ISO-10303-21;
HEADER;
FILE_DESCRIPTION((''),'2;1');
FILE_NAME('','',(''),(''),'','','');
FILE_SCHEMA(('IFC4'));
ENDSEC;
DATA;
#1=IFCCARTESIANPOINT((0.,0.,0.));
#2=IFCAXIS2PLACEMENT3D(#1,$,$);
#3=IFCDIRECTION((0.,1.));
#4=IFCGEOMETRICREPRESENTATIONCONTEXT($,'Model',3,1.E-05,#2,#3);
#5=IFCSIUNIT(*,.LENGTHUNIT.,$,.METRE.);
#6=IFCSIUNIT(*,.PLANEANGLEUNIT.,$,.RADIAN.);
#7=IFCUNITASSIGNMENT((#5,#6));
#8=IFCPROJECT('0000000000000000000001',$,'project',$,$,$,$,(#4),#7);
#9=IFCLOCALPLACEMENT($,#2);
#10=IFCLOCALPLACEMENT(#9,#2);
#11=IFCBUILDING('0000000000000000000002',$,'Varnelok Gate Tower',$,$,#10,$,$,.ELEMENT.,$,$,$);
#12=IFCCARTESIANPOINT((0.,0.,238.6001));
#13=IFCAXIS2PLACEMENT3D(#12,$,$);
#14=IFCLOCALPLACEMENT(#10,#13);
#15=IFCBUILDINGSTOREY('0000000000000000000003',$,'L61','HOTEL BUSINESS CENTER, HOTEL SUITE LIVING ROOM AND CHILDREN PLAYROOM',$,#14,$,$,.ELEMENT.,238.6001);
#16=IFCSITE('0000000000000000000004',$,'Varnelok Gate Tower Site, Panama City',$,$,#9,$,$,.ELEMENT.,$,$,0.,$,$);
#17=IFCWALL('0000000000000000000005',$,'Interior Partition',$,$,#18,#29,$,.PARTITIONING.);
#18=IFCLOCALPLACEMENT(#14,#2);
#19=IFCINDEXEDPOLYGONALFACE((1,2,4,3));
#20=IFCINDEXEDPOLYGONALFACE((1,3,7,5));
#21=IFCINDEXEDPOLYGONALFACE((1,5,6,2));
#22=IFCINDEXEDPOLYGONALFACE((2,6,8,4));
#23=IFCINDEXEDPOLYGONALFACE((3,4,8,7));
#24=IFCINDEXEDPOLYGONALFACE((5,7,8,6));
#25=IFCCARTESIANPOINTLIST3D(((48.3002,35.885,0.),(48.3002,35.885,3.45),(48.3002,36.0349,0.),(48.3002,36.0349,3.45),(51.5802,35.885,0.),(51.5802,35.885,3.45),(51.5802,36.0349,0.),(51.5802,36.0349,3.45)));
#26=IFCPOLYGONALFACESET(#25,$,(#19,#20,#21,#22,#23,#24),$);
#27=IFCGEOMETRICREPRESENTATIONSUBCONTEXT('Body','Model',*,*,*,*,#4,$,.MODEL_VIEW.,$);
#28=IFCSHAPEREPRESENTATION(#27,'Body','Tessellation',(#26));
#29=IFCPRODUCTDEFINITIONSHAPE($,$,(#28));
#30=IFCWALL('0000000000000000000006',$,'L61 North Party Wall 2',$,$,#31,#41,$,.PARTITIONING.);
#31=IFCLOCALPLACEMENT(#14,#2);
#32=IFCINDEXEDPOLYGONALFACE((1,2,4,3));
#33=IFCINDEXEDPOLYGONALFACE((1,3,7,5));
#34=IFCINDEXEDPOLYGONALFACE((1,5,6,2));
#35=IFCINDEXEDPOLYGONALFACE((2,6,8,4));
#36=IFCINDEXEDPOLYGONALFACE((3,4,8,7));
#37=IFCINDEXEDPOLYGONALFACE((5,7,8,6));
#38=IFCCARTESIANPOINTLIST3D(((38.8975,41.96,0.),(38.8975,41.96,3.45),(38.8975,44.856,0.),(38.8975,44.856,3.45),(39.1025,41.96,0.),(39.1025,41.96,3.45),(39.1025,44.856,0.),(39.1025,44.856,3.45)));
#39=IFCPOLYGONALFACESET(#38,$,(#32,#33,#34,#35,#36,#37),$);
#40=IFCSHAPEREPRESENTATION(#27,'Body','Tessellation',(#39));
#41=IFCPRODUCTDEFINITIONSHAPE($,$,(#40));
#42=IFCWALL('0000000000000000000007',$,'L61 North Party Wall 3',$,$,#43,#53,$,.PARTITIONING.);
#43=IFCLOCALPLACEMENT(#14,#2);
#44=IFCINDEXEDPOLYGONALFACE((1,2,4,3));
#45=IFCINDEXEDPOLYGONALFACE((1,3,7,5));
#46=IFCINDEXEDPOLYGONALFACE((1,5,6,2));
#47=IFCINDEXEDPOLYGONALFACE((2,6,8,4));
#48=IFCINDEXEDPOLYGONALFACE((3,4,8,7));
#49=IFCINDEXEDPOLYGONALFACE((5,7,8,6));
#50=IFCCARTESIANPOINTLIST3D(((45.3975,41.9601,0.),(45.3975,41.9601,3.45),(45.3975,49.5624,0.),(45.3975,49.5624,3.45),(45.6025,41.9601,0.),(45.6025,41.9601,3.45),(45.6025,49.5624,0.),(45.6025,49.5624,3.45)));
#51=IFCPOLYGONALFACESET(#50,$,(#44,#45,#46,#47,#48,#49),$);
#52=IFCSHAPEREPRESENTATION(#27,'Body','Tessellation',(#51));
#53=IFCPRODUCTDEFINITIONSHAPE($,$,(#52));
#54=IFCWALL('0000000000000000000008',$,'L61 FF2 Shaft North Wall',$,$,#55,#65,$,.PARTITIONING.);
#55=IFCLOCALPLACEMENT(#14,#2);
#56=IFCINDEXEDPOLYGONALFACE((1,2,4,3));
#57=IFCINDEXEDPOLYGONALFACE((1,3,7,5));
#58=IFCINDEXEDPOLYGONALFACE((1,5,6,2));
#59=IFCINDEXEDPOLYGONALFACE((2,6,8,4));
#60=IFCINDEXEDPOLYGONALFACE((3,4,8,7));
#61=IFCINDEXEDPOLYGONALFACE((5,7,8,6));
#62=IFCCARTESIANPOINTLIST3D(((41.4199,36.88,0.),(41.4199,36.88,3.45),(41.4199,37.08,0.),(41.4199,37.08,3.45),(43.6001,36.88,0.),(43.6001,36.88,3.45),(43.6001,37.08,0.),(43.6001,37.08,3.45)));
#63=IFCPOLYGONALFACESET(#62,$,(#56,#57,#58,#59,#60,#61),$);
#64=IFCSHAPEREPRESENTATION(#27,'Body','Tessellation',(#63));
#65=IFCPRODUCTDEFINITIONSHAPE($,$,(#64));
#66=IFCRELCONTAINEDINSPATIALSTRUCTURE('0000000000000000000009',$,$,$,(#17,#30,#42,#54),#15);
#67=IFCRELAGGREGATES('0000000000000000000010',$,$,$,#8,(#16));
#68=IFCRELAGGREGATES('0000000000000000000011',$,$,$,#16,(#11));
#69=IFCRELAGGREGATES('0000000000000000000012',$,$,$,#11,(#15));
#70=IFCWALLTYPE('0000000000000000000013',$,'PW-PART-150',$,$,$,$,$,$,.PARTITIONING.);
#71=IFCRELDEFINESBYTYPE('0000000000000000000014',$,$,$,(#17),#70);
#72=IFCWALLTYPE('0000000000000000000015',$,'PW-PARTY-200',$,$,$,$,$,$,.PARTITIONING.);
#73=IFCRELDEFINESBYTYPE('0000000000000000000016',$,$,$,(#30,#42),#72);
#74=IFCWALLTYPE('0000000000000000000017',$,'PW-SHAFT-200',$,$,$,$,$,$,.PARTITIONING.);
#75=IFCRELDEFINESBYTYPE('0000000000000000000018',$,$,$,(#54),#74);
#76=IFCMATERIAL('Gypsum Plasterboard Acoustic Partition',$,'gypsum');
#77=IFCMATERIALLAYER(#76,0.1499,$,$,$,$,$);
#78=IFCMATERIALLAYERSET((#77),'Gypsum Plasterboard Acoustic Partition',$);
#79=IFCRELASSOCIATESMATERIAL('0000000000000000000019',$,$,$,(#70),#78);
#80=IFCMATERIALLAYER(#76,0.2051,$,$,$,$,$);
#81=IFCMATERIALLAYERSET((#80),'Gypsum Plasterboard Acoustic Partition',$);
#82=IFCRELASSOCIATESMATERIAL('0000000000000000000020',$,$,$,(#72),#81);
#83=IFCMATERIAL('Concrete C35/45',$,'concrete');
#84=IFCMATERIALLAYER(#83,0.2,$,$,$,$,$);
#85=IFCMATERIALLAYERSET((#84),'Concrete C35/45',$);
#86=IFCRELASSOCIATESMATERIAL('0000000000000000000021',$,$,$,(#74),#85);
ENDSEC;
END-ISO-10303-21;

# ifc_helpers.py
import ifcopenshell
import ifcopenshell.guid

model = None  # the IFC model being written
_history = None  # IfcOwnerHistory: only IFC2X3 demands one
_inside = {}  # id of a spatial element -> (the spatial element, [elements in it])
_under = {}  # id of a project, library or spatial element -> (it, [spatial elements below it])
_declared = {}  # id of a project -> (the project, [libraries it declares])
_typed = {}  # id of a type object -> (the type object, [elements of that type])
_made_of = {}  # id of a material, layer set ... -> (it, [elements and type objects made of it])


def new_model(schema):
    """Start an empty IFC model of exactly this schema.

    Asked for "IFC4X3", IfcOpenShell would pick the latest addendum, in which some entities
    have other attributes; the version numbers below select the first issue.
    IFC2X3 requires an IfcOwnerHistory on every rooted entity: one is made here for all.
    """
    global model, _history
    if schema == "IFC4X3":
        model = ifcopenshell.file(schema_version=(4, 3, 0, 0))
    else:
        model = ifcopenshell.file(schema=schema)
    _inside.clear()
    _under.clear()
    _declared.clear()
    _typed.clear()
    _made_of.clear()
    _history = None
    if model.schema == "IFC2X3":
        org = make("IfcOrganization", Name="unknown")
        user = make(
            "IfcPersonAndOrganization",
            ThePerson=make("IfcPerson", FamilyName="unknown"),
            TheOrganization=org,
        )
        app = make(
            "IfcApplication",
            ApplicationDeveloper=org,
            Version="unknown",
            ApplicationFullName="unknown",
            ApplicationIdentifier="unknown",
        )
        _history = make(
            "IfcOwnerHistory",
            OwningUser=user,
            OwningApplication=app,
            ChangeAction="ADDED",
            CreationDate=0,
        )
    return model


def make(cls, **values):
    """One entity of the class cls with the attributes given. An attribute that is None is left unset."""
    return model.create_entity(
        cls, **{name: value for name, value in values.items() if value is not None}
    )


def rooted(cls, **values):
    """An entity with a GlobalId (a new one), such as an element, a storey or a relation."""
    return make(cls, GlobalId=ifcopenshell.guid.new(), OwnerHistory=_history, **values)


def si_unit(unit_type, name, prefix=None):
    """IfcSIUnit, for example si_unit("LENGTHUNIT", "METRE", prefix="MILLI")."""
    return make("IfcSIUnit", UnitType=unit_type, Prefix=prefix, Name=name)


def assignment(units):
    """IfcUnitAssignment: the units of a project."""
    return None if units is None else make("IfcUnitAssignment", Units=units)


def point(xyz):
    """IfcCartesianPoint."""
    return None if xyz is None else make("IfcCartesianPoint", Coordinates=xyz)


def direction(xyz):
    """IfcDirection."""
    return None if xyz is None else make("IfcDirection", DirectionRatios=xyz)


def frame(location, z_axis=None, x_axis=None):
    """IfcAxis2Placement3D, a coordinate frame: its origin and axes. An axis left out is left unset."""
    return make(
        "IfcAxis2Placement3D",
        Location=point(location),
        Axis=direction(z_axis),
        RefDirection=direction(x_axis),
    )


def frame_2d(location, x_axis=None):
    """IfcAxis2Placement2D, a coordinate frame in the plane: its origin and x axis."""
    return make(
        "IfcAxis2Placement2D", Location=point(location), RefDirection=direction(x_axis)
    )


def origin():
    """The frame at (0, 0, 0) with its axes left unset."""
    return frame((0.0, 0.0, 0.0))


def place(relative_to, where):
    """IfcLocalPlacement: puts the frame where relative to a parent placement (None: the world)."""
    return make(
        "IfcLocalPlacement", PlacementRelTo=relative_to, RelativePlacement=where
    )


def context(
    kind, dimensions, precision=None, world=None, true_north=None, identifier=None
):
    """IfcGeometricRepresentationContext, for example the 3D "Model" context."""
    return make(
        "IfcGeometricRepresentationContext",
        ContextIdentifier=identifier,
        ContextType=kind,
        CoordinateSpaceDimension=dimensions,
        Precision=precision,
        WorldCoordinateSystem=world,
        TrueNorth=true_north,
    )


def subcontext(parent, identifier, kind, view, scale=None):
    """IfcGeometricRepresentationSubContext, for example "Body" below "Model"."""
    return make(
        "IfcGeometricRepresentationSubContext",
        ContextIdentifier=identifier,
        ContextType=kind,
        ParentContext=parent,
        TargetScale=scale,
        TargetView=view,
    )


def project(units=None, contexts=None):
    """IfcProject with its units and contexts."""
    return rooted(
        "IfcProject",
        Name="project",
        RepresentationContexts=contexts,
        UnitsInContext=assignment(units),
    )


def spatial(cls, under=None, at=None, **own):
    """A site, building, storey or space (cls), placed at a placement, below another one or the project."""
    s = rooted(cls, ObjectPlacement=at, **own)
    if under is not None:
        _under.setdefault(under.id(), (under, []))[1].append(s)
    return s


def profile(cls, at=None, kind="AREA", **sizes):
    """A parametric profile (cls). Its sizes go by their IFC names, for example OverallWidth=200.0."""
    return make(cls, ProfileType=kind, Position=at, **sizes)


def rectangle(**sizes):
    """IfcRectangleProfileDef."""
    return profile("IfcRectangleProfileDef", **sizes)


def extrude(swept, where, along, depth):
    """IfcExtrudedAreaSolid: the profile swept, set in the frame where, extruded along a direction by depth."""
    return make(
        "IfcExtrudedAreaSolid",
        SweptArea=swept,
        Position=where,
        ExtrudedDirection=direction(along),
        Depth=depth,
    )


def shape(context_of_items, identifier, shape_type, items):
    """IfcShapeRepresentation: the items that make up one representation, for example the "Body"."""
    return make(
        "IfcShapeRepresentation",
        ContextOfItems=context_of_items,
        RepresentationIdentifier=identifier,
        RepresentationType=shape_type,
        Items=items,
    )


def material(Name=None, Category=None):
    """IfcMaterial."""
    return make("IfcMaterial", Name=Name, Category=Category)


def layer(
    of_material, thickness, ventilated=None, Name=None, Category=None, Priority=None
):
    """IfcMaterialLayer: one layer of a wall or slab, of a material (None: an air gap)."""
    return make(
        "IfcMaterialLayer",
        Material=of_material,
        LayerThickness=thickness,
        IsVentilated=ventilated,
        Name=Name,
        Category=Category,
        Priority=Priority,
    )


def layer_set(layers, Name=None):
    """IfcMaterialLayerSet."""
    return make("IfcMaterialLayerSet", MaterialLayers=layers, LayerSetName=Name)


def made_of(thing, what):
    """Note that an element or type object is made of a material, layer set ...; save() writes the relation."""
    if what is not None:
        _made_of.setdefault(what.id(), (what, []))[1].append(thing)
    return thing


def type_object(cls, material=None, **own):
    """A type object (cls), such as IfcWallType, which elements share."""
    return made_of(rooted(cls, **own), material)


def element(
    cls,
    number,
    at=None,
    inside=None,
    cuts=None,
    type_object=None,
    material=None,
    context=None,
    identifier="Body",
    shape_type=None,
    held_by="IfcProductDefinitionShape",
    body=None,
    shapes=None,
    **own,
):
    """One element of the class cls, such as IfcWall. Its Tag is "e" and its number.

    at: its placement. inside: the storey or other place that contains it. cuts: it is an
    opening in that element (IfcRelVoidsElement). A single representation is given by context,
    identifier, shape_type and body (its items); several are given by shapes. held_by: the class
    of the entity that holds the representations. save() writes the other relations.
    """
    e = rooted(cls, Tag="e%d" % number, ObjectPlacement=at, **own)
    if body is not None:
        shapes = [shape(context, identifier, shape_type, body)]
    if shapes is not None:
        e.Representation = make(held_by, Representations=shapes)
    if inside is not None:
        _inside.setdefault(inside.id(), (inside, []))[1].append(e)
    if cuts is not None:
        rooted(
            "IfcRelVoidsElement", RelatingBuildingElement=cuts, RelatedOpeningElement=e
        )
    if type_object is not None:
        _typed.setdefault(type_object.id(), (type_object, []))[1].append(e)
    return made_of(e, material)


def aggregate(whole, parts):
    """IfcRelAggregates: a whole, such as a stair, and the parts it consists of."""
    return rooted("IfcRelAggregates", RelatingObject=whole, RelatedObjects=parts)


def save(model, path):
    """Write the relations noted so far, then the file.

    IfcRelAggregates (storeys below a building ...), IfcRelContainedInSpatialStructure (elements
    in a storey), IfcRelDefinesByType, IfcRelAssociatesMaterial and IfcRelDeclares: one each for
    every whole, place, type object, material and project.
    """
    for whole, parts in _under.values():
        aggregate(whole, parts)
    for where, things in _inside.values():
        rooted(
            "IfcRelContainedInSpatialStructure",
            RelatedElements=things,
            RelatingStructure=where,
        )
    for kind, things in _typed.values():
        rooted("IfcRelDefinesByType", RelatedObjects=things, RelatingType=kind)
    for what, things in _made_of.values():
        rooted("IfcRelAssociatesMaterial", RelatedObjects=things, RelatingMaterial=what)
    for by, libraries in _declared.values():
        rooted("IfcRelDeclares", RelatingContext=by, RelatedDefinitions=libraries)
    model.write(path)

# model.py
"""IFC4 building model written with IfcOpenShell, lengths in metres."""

from ifc_helpers import new_model, si_unit, direction, frame, frame_2d, origin, place, context, subcontext, project, spatial, rectangle, extrude, material, layer, layer_set, type_object, element, save


model = new_model("IFC4")

# Units and contexts
model_context = context("Model", 3, precision=1e-05, world=origin(), true_north=direction((0.0, 1.0)))
body_context = subcontext(model_context, "Body", "Model", "MODEL_VIEW")
ifc_project = project(units=[si_unit("LENGTHUNIT", "METRE"), si_unit("PLANEANGLEUNIT", "RADIAN")], contexts=[model_context])

# Site, building, storey
site_placement = place(None, origin())
site = spatial("IfcSite", under=ifc_project, at=site_placement, Name="Varnelok Gate Tower Site, Panama City", CompositionType="ELEMENT", RefElevation=0.0)
building_placement = place(site_placement, origin())
building = spatial("IfcBuilding", under=site, at=building_placement, Name="Varnelok Gate Tower", CompositionType="ELEMENT")
storey_placement = place(building_placement, frame((0.0, 0.0, 238.6001)))
storey = spatial("IfcBuildingStorey", under=building, at=storey_placement, Name="L61", Description="HOTEL BUSINESS CENTER, HOTEL SUITE LIVING ROOM AND CHILDREN PLAYROOM", CompositionType="ELEMENT", Elevation=238.6001)

# Shared definitions
ifc_material_1 = material(Name="Gypsum Plasterboard Acoustic Partition", Category="gypsum")

# Shared definitions
ifc_layer_1 = layer(ifc_material_1, 0.1499)
ifc_layer_set_1 = layer_set([ifc_layer_1], Name="Gypsum Plasterboard Acoustic Partition")
wall_type_1 = type_object("IfcWallType", Name="PW-PART-150", PredefinedType="PARTITIONING", material=ifc_layer_set_1)

# Walls
wall_1_placement = place(storey_placement, frame((48.3, 35.96, 0.0), z_axis=(0.0, 0.0, 1.0), x_axis=(1.0, 0.0, 0.0)))
element("IfcWall", 1, at=wall_1_placement, inside=storey, type_object=wall_type_1, Name="Interior Partition", PredefinedType="PARTITIONING", context=body_context, shape_type="SweptSolid", body=[
    extrude(rectangle(XDim=3.28, YDim=0.1499, at=frame_2d((1.6401, 0.0))), origin(), (0.0, 0.0, 1.0), 3.45),
])
ifc_layer_2 = layer(ifc_material_1, 0.2051)
ifc_layer_set_2 = layer_set([ifc_layer_2], Name="Gypsum Plasterboard Acoustic Partition")
wall_type_2 = type_object("IfcWallType", Name="PW-PARTY-200", PredefinedType="PARTITIONING", material=ifc_layer_set_2)
wall_2_placement = place(storey_placement, frame((39.0, 41.96, 0.0), z_axis=(0.0, 0.0, 1.0), x_axis=(0.0, 1.0, 0.0)))
element("IfcWall", 2, at=wall_2_placement, inside=storey, type_object=wall_type_2, Name="L61 North Party Wall 2", PredefinedType="PARTITIONING", context=body_context, shape_type="SweptSolid", body=[
    extrude(rectangle(XDim=2.896, YDim=0.2051, at=frame_2d((1.448, 0.0))), origin(), (0.0, 0.0, 1.0), 3.45),
])
wall_3_placement = place(storey_placement, frame((45.5, 41.96, 0.0), z_axis=(0.0, 0.0, 1.0), x_axis=(0.0, 1.0, 0.0)))
element("IfcWall", 3, at=wall_3_placement, inside=storey, type_object=wall_type_2, Name="L61 North Party Wall 3", PredefinedType="PARTITIONING", context=body_context, shape_type="SweptSolid", body=[
    extrude(rectangle(XDim=7.6023, YDim=0.2051, at=frame_2d((3.8013, 0.0))), origin(), (0.0, 0.0, 1.0), 3.45),
])
ifc_material_2 = material(Name="Concrete C35/45", Category="concrete")
ifc_layer_3 = layer(ifc_material_2, 0.2)
ifc_layer_set_3 = layer_set([ifc_layer_3], Name="Concrete C35/45")
wall_type_3 = type_object("IfcWallType", Name="PW-SHAFT-200", PredefinedType="PARTITIONING", material=ifc_layer_set_3)
wall_4_placement = place(storey_placement, frame((41.4199, 36.98, 0.0), z_axis=(0.0, 0.0, 1.0), x_axis=(1.0, 0.0, 0.0)))
element("IfcWall", 4, at=wall_4_placement, inside=storey, type_object=wall_type_3, Name="L61 FF2 Shaft North Wall", PredefinedType="PARTITIONING", context=body_context, shape_type="SweptSolid", body=[
    extrude(rectangle(XDim=2.1802, YDim=0.2, at=frame_2d((1.0901, 0.0))), origin(), (0.0, 0.0, 1.0), 3.45),
])

save(model, "model.ifc")
